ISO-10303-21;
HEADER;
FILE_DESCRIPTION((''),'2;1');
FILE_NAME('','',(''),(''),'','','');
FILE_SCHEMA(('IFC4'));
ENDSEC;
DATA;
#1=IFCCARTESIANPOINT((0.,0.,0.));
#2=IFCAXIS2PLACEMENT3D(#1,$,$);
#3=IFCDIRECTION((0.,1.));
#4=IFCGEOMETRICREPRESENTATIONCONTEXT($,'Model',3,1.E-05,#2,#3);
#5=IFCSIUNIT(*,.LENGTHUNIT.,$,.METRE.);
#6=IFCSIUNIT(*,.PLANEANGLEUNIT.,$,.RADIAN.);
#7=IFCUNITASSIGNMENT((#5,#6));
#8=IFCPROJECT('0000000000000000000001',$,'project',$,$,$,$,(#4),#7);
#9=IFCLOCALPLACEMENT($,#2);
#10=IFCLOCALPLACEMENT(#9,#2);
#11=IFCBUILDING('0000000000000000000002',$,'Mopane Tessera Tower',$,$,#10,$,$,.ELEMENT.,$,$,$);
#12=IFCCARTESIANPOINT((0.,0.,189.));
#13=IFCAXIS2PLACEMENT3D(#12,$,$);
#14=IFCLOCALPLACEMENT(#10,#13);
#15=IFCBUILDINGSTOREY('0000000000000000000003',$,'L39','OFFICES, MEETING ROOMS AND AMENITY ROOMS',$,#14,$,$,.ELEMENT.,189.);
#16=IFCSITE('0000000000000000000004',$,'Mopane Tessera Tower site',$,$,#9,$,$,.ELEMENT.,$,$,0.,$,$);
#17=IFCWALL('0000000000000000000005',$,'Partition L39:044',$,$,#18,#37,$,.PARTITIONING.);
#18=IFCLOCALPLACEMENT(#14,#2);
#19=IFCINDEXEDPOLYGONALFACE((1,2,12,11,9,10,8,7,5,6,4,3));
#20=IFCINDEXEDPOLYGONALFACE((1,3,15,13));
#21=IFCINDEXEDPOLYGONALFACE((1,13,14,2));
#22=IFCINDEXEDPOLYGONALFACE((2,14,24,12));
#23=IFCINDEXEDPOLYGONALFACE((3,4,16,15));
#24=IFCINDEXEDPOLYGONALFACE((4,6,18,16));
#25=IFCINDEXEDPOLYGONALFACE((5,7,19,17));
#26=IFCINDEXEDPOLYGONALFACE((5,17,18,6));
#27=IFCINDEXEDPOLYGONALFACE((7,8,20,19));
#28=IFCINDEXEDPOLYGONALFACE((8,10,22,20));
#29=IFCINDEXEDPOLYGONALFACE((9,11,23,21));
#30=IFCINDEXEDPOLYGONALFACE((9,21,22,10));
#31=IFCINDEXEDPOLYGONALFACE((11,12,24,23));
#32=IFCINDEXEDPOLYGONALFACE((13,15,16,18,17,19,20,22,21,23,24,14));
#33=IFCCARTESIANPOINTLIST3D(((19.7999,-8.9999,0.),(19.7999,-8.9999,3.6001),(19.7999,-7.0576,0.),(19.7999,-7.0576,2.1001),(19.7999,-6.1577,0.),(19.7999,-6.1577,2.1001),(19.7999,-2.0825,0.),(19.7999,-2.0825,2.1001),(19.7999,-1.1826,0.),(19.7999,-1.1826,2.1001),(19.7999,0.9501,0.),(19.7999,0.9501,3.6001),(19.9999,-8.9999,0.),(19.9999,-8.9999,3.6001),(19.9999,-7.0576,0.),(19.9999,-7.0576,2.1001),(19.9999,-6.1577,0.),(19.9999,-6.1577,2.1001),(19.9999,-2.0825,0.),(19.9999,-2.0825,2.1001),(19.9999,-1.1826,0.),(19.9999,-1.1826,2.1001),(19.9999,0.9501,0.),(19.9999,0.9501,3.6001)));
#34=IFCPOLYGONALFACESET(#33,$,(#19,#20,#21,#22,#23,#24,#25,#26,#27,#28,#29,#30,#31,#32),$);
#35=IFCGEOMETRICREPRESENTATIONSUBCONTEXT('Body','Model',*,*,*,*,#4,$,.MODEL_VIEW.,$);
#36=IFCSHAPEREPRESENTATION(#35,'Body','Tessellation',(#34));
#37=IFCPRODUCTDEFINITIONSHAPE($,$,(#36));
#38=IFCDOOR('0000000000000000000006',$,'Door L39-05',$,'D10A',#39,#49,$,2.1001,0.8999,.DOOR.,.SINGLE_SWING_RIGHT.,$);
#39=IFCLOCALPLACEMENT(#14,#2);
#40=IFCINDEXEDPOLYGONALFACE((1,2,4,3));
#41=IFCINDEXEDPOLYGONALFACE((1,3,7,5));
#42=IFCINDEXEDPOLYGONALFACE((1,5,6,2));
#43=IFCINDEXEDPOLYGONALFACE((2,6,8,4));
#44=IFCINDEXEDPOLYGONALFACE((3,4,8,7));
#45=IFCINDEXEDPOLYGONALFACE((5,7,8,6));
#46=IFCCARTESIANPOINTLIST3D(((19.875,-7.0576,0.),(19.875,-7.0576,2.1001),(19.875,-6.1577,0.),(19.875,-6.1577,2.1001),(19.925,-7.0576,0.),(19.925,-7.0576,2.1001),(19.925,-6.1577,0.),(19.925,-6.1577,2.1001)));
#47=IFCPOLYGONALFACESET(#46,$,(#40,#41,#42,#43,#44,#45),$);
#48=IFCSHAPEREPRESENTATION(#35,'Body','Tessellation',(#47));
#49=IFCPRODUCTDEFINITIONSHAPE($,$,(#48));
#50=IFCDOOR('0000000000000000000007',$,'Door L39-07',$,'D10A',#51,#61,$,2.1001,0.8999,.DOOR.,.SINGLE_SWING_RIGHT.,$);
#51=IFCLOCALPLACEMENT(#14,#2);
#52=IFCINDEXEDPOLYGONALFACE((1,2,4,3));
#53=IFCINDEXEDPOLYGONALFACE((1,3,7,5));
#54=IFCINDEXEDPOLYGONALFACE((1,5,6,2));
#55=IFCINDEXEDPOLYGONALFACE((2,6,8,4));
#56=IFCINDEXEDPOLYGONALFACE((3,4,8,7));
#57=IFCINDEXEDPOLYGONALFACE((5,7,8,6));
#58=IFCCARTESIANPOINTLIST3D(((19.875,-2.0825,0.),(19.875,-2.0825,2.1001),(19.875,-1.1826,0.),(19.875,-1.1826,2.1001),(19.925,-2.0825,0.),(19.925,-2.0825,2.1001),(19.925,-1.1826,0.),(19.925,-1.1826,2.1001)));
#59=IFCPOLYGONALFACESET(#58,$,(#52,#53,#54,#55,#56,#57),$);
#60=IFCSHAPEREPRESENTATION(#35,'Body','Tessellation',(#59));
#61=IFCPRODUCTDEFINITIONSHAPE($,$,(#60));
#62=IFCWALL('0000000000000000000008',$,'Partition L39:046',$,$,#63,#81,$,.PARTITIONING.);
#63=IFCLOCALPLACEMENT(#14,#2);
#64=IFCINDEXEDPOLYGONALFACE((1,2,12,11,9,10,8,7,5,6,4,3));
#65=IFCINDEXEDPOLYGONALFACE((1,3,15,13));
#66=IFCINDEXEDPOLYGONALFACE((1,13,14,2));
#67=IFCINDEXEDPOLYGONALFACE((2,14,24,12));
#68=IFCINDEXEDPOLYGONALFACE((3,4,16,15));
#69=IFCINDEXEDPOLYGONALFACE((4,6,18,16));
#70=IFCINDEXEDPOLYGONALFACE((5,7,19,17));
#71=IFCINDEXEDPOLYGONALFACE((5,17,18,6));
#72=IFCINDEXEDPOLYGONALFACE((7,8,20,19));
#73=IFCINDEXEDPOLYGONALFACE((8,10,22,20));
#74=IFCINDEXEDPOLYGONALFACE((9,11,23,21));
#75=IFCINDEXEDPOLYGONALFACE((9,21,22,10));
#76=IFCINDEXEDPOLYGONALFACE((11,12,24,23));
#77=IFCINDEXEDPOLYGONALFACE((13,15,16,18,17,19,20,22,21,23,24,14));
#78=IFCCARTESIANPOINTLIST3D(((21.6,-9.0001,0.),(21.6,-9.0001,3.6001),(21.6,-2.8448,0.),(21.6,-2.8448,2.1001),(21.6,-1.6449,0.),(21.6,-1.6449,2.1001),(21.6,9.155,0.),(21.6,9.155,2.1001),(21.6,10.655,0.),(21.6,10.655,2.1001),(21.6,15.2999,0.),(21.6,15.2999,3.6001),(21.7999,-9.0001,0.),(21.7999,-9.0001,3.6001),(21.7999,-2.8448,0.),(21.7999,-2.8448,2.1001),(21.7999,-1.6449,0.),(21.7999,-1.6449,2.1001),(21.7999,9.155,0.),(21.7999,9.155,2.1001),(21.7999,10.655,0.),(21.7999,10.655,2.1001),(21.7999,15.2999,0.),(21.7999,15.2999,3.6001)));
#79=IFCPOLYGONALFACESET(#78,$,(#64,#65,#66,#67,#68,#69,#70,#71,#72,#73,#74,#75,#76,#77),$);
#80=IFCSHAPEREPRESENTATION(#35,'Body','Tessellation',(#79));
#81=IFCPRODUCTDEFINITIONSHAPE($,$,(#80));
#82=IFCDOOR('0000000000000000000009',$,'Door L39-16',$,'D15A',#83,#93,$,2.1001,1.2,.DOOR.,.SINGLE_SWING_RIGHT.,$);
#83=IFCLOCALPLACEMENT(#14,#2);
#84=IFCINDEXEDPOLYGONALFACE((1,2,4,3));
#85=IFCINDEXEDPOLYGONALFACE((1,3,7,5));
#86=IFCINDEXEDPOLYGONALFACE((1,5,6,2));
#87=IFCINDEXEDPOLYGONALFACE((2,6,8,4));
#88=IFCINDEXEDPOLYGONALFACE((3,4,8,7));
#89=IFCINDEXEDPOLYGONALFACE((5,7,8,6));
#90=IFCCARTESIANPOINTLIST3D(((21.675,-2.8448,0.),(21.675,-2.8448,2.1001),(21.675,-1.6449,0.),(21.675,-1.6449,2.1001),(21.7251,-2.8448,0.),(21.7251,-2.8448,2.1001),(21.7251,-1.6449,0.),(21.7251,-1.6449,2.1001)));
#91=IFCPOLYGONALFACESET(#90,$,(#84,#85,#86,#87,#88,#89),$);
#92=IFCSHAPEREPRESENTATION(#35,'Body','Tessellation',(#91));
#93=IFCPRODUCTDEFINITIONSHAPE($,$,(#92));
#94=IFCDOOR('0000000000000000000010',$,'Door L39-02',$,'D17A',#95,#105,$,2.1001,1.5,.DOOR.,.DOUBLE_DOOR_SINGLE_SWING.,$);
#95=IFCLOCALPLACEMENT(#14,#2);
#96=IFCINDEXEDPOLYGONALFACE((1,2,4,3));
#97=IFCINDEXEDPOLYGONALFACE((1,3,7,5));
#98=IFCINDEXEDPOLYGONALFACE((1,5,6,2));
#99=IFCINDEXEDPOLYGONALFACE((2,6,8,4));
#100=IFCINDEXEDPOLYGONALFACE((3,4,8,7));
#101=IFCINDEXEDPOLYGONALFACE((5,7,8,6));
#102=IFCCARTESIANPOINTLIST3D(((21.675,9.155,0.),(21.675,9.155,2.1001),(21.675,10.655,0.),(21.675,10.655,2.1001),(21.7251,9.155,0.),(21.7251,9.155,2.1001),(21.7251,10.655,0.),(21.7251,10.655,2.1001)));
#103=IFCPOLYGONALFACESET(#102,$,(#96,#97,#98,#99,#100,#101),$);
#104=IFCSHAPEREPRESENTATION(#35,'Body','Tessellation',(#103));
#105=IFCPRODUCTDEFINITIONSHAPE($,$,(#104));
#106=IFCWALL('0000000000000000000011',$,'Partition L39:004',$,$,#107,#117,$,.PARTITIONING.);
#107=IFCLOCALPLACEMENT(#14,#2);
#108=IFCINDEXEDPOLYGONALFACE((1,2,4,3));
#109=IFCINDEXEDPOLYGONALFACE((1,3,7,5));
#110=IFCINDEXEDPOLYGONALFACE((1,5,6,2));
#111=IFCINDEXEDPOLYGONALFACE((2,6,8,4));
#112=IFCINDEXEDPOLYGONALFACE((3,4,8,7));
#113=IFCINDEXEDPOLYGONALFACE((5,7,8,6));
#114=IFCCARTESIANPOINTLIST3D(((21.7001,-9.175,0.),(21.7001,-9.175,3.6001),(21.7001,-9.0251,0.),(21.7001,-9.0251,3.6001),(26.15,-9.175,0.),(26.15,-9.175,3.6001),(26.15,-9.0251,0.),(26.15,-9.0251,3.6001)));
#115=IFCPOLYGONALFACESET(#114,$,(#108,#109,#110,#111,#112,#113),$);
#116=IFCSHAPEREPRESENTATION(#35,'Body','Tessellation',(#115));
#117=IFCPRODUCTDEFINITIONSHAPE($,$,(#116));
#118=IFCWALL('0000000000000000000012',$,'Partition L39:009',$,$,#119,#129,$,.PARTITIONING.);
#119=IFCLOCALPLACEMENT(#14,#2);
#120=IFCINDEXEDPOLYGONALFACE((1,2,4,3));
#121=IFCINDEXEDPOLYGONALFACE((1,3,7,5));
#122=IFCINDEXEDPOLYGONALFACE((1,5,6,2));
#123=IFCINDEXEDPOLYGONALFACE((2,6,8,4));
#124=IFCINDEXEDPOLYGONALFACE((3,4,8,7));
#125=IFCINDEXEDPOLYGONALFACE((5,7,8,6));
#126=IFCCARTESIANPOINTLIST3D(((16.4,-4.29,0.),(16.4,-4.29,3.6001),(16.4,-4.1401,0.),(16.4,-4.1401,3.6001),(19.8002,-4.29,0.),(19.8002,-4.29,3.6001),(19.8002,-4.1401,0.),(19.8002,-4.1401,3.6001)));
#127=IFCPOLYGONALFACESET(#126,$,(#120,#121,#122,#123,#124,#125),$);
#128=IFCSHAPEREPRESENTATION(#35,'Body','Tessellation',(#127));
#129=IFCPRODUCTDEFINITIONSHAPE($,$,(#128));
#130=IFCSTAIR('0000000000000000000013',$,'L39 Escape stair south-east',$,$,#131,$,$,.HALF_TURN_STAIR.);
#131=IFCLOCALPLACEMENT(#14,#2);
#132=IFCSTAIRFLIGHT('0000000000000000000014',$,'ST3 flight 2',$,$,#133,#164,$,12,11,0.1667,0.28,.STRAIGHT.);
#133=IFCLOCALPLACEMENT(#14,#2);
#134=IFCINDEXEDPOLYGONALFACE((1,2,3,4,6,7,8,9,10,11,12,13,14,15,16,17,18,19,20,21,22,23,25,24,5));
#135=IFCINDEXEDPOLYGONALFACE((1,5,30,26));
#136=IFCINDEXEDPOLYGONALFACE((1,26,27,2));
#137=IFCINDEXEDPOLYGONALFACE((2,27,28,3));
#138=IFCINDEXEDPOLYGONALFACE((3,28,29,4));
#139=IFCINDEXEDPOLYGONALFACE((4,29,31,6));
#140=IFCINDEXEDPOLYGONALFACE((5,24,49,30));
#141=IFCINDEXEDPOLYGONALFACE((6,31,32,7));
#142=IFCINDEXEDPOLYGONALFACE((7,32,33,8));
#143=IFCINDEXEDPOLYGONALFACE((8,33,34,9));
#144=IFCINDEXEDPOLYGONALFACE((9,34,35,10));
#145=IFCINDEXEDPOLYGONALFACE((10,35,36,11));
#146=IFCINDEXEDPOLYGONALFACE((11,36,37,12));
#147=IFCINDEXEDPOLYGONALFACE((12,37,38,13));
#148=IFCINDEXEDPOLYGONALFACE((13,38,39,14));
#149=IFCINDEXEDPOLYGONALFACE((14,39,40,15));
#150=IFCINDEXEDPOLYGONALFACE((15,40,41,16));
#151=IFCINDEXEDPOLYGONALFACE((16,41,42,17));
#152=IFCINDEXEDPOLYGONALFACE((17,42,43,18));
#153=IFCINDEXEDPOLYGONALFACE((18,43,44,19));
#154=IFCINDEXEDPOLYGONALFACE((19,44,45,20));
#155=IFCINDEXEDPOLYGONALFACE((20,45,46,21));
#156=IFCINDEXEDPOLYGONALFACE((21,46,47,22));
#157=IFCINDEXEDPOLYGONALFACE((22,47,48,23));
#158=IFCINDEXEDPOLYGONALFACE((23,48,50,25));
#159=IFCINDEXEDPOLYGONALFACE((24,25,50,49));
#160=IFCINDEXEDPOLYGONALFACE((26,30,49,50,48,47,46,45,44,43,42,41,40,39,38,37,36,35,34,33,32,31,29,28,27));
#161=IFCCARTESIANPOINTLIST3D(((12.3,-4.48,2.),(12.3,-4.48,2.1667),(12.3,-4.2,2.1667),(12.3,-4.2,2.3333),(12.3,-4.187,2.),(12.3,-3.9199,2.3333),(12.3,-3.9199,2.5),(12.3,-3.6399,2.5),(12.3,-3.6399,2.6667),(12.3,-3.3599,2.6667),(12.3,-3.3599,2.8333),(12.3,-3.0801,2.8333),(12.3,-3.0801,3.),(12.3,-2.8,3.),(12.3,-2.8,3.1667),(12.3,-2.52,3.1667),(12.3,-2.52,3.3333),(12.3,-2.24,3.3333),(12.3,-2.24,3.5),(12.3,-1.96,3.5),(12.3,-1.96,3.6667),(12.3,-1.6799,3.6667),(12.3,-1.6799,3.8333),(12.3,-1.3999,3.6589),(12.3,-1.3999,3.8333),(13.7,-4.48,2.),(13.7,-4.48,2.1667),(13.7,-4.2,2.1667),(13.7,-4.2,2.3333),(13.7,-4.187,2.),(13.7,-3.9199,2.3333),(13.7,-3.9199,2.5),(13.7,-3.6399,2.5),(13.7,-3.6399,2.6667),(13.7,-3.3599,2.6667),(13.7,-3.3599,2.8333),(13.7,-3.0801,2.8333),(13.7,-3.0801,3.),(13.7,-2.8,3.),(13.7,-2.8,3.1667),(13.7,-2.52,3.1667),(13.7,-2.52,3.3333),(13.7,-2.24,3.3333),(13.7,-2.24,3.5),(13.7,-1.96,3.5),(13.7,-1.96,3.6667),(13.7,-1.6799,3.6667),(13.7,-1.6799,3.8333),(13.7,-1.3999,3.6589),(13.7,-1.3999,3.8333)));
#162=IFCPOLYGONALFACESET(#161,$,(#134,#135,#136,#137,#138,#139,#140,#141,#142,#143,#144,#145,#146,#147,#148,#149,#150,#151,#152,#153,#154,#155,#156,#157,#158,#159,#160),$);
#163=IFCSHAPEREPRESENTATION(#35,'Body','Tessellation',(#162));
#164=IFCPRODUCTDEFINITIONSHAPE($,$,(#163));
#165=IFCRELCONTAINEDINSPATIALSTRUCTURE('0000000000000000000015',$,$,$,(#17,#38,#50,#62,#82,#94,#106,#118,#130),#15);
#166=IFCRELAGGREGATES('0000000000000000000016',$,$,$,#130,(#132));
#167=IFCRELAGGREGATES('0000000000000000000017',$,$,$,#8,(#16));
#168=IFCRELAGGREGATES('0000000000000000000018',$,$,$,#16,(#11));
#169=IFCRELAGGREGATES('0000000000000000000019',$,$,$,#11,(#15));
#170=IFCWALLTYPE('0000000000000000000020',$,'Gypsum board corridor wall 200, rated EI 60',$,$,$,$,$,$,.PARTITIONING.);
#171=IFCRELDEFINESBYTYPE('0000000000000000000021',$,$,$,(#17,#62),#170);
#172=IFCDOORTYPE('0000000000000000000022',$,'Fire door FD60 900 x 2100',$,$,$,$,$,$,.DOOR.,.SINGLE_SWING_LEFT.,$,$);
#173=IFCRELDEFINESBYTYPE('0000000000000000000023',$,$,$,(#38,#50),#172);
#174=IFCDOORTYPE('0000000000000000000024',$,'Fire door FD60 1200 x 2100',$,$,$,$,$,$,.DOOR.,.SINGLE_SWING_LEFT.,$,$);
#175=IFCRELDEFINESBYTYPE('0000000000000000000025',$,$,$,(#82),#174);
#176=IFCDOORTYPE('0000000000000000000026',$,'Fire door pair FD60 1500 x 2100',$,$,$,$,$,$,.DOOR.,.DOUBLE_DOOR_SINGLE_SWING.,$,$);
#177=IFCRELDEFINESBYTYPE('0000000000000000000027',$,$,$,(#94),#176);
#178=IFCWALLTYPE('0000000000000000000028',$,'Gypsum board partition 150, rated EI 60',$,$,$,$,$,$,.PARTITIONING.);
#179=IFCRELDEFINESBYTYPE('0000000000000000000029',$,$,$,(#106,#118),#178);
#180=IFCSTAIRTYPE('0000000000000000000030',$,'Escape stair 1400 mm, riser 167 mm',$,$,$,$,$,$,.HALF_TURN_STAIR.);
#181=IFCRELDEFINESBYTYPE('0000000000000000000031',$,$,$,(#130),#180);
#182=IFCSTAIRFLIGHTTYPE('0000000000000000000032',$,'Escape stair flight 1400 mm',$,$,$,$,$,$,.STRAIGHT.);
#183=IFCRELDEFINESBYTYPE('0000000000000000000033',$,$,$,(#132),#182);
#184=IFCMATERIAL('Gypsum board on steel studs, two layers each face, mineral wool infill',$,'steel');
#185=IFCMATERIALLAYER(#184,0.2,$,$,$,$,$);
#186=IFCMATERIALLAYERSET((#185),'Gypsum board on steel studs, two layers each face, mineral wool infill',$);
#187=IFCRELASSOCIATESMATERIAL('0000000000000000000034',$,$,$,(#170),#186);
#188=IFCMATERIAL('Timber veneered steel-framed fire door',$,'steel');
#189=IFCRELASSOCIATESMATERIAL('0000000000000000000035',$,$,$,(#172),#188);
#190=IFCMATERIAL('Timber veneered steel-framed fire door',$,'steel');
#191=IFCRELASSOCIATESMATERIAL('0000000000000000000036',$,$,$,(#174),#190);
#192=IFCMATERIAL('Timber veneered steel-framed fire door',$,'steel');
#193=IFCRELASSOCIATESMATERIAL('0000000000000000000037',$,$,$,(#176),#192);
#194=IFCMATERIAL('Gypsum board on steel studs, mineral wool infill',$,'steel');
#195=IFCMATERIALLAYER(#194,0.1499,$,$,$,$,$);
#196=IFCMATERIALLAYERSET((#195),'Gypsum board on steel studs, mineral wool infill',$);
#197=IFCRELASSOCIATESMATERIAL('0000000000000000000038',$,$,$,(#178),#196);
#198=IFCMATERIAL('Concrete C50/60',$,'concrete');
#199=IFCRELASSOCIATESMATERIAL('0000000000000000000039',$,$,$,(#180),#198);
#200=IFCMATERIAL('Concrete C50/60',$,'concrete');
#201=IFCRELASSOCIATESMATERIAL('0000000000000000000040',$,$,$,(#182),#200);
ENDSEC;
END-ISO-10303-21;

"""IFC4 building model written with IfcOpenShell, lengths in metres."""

from ifc_helpers import new_model, si_unit, direction, frame, frame_2d, origin, place, context, subcontext, project, spatial, polyline, rectangle, outline, extrude, material, layer, layer_set, type_object, element, fill, aggregate, save


model = new_model("IFC4")

# Units and contexts
model_context = context("Model", 3, precision=1e-05, world=origin(), true_north=direction((0.0, 1.0)))
body_context = subcontext(model_context, "Body", "Model", "MODEL_VIEW")
ifc_project = project(units=[si_unit("LENGTHUNIT", "METRE"), si_unit("PLANEANGLEUNIT", "RADIAN")], contexts=[model_context])

# Site, building, storey
site_placement = place(None, origin())
site = spatial("IfcSite", under=ifc_project, at=site_placement, Name="Mopane Tessera Tower site", CompositionType="ELEMENT", RefElevation=0.0)
building_placement = place(site_placement, origin())
building = spatial("IfcBuilding", under=site, at=building_placement, Name="Mopane Tessera Tower", CompositionType="ELEMENT")
storey_placement = place(building_placement, frame((0.0, 0.0, 189.0)))
storey = spatial("IfcBuildingStorey", under=building, at=storey_placement, Name="L39", Description="OFFICES, MEETING ROOMS AND AMENITY ROOMS", CompositionType="ELEMENT", Elevation=189.0)

# Shared definitions
ifc_material_1 = material(Name="Gypsum board on steel studs, two layers each face, mineral wool infill", Category="steel")
ifc_layer_1 = layer(ifc_material_1, 0.2)
ifc_layer_set_1 = layer_set([ifc_layer_1], Name="Gypsum board on steel studs, two layers each face, mineral wool infill")
wall_type_1 = type_object("IfcWallType", Name="Gypsum board corridor wall 200, rated EI 60", PredefinedType="PARTITIONING", material=ifc_layer_set_1)

# Walls, openings, doors
wall_1_placement = place(storey_placement, frame((19.8999, -9.0, 0.0), z_axis=(0.0, 0.0, 1.0), x_axis=(0.0, 1.0, 0.0)))
wall_1 = element("IfcWall", 1, at=wall_1_placement, inside=storey, type_object=wall_type_1, Name="Partition L39:044", PredefinedType="PARTITIONING", context=body_context, shape_type="SweptSolid", body=[
    extrude(rectangle(XDim=9.95, YDim=0.2, at=frame_2d((4.9751, 0.0))), origin(), (0.0, 0.0, 1.0), 3.6001),
])
opening_1_placement = place(wall_1_placement, frame((1.9424, 0.0, 0.0)))
opening_1 = element("IfcOpeningElement", 2, at=opening_1_placement, cuts=wall_1, PredefinedType="OPENING", context=body_context, shape_type="SweptSolid", body=[
    extrude(rectangle(XDim=0.8999, YDim=2.1001, at=frame_2d((0.45, 1.05))), frame((0.0, 0.1121, 0.0), z_axis=(0.0, -1.0, 0.0), x_axis=(1.0, 0.0, 0.0)), (0.0, 0.0, 1.0), 0.2239),
])
opening_2_placement = place(wall_1_placement, frame((6.9175, 0.0, 0.0)))
opening_2 = element("IfcOpeningElement", 3, at=opening_2_placement, cuts=wall_1, PredefinedType="OPENING", context=body_context, shape_type="SweptSolid", body=[
    extrude(rectangle(XDim=0.8999, YDim=2.1001, at=frame_2d((0.45, 1.05))), frame((0.0, 0.1121, 0.0), z_axis=(0.0, -1.0, 0.0), x_axis=(1.0, 0.0, 0.0)), (0.0, 0.0, 1.0), 0.2239),
])
ifc_material_2 = material(Name="Timber veneered steel-framed fire door", Category="steel")
door_type_1 = type_object("IfcDoorType", Name="Fire door FD60 900 x 2100", OperationType="SINGLE_SWING_LEFT", PredefinedType="DOOR", material=ifc_material_2)
door_1_placement = place(opening_1_placement, origin())
door_1 = element("IfcDoor", 4, at=door_1_placement, inside=storey, type_object=door_type_1, Name="Door L39-05", ObjectType="D10A", OperationType="SINGLE_SWING_RIGHT", OverallHeight=2.1001, OverallWidth=0.8999, PredefinedType="DOOR", context=body_context, shape_type="SweptSolid", body=[
    extrude(rectangle(XDim=0.8999, YDim=2.1001, at=frame_2d((0.45, 1.05))), frame((0.0, 0.0249, 0.0), z_axis=(0.0, -1.0, 0.0), x_axis=(1.0, 0.0, 0.0)), (0.0, 0.0, 1.0), 0.05),
])
fill(opening_1, door_1)
door_2_placement = place(opening_2_placement, origin())
door_2 = element("IfcDoor", 5, at=door_2_placement, inside=storey, type_object=door_type_1, Name="Door L39-07", ObjectType="D10A", OperationType="SINGLE_SWING_RIGHT", OverallHeight=2.1001, OverallWidth=0.8999, PredefinedType="DOOR", context=body_context, shape_type="SweptSolid", body=[
    extrude(rectangle(XDim=0.8999, YDim=2.1001, at=frame_2d((0.45, 1.05))), frame((0.0, 0.0249, 0.0), z_axis=(0.0, -1.0, 0.0), x_axis=(1.0, 0.0, 0.0)), (0.0, 0.0, 1.0), 0.05),
])
fill(opening_2, door_2)
wall_2_placement = place(storey_placement, frame((21.7, -9.0, 0.0), z_axis=(0.0, 0.0, 1.0), x_axis=(0.0, 1.0, 0.0)))
wall_2 = element("IfcWall", 6, at=wall_2_placement, inside=storey, type_object=wall_type_1, Name="Partition L39:046", PredefinedType="PARTITIONING", context=body_context, shape_type="SweptSolid", body=[
    extrude(rectangle(XDim=24.3, YDim=0.2, at=frame_2d((12.1499, 0.0))), origin(), (0.0, 0.0, 1.0), 3.6001),
])
opening_3_placement = place(wall_2_placement, frame((18.155, 0.0, 0.0)))
opening_3 = element("IfcOpeningElement", 7, at=opening_3_placement, cuts=wall_2, PredefinedType="OPENING", context=body_context, shape_type="SweptSolid", body=[
    extrude(rectangle(XDim=1.5, YDim=2.1001, at=frame_2d((0.75, 1.05))), frame((0.0, 0.1121, 0.0), z_axis=(0.0, -1.0, 0.0), x_axis=(1.0, 0.0, 0.0)), (0.0, 0.0, 1.0), 0.2239),
])
opening_4_placement = place(wall_2_placement, frame((6.155, 0.0, 0.0)))
opening_4 = element("IfcOpeningElement", 8, at=opening_4_placement, cuts=wall_2, PredefinedType="OPENING", context=body_context, shape_type="SweptSolid", body=[
    extrude(rectangle(XDim=1.2, YDim=2.1001, at=frame_2d((0.6001, 1.05))), frame((0.0, 0.1121, 0.0), z_axis=(0.0, -1.0, 0.0), x_axis=(1.0, 0.0, 0.0)), (0.0, 0.0, 1.0), 0.2239),
])
ifc_material_3 = material(Name="Timber veneered steel-framed fire door", Category="steel")
door_type_2 = type_object("IfcDoorType", Name="Fire door FD60 1200 x 2100", OperationType="SINGLE_SWING_LEFT", PredefinedType="DOOR", material=ifc_material_3)
door_3_placement = place(opening_4_placement, origin())
door_3 = element("IfcDoor", 9, at=door_3_placement, inside=storey, type_object=door_type_2, Name="Door L39-16", ObjectType="D15A", OperationType="SINGLE_SWING_RIGHT", OverallHeight=2.1001, OverallWidth=1.2, PredefinedType="DOOR", context=body_context, shape_type="SweptSolid", body=[
    extrude(rectangle(XDim=1.2, YDim=2.1001, at=frame_2d((0.6001, 1.05))), frame((0.0, 0.0249, 0.0), z_axis=(0.0, -1.0, 0.0), x_axis=(1.0, 0.0, 0.0)), (0.0, 0.0, 1.0), 0.05),
])
fill(opening_4, door_3)
ifc_material_4 = material(Name="Timber veneered steel-framed fire door", Category="steel")
door_type_3 = type_object("IfcDoorType", Name="Fire door pair FD60 1500 x 2100", OperationType="DOUBLE_DOOR_SINGLE_SWING", PredefinedType="DOOR", material=ifc_material_4)
door_4_placement = place(opening_3_placement, origin())
door_4 = element("IfcDoor", 10, at=door_4_placement, inside=storey, type_object=door_type_3, Name="Door L39-02", ObjectType="D17A", OperationType="DOUBLE_DOOR_SINGLE_SWING", OverallHeight=2.1001, OverallWidth=1.5, PredefinedType="DOOR", context=body_context, shape_type="SweptSolid", body=[
    extrude(rectangle(XDim=1.5, YDim=2.1001, at=frame_2d((0.75, 1.05))), frame((0.0, 0.0249, 0.0), z_axis=(0.0, -1.0, 0.0), x_axis=(1.0, 0.0, 0.0)), (0.0, 0.0, 1.0), 0.05),
])
fill(opening_3, door_4)

# Walls
ifc_material_5 = material(Name="Gypsum board on steel studs, mineral wool infill", Category="steel")
ifc_layer_2 = layer(ifc_material_5, 0.1499)
ifc_layer_set_2 = layer_set([ifc_layer_2], Name="Gypsum board on steel studs, mineral wool infill")
wall_type_2 = type_object("IfcWallType", Name="Gypsum board partition 150, rated EI 60", PredefinedType="PARTITIONING", material=ifc_layer_set_2)
wall_3_placement = place(storey_placement, frame((21.7, -9.1001, 0.0), z_axis=(0.0, 0.0, 1.0), x_axis=(1.0, 0.0, 0.0)))
element("IfcWall", 11, at=wall_3_placement, inside=storey, type_object=wall_type_2, Name="Partition L39:004", PredefinedType="PARTITIONING", context=body_context, shape_type="SweptSolid", body=[
    extrude(rectangle(XDim=4.45, YDim=0.1499, at=frame_2d((2.2251, 0.0))), origin(), (0.0, 0.0, 1.0), 3.6001),
])
wall_4_placement = place(storey_placement, frame((16.3999, -4.2151, 0.0), z_axis=(0.0, 0.0, 1.0), x_axis=(1.0, 0.0, 0.0)))
element("IfcWall", 12, at=wall_4_placement, inside=storey, type_object=wall_type_2, Name="Partition L39:009", PredefinedType="PARTITIONING", context=body_context, shape_type="SweptSolid", body=[
    extrude(rectangle(XDim=3.4001, YDim=0.1499, at=frame_2d((1.7002, 0.0))), origin(), (0.0, 0.0, 1.0), 3.6001),
])

# Stair, stair flight
ifc_material_6 = material(Name="Concrete C50/60", Category="concrete")
stair_type = type_object("IfcStairType", Name="Escape stair 1400 mm, riser 167 mm", PredefinedType="HALF_TURN_STAIR", material=ifc_material_6)
stair_placement = place(storey_placement, origin())
stair = element("IfcStair", 13, at=stair_placement, inside=storey, type_object=stair_type, Name="L39 Escape stair south-east", PredefinedType="HALF_TURN_STAIR")
ifc_material_7 = material(Name="Concrete C50/60", Category="concrete")
stair_flight_type = type_object("IfcStairFlightType", Name="Escape stair flight 1400 mm", PredefinedType="STRAIGHT", material=ifc_material_7)
stair_flight_placement = place(storey_placement, frame((13.0, -4.48, 2.0), z_axis=(0.0, 0.0, 1.0), x_axis=(0.0, 1.0, 0.0)))
stair_flight = element("IfcStairFlight", 14, at=stair_flight_placement, type_object=stair_flight_type, Name="ST3 flight 2", NumberOfRisers=12, NumberOfTreads=11, PredefinedType="STRAIGHT", RiserHeight=0.1667, TreadLength=0.28, context=body_context, shape_type="SweptSolid", body=[
    extrude(outline(polyline([(0.0, 0.0), (0.0, 0.1667), (0.28, 0.1667), (0.28, 0.3333), (0.5601, 0.3333), (0.5601, 0.5), (0.8401, 0.5), (0.8401, 0.6667), (1.1201, 0.6667), (1.1201, 0.8333), (1.3999, 0.8333), (1.3999, 1.0), (1.6799, 1.0), (1.6799, 1.1667), (1.96, 1.1667), (1.96, 1.3333), (2.24, 1.3333), (2.24, 1.5), (2.52, 1.5), (2.52, 1.6667), (2.8, 1.6667), (2.8, 1.8333), (3.0801, 1.8333), (3.0801, 2.0), (3.0801, 1.6589), (0.293, 0.0), (0.0, 0.0)])), frame((0.0, 0.7, 0.0), z_axis=(0.0, -1.0, 0.0), x_axis=(1.0, 0.0, 0.0)), (0.0, 0.0, 1.0), 1.3999),
])
aggregate(stair, [stair_flight])

save(model, "model.ifc")
